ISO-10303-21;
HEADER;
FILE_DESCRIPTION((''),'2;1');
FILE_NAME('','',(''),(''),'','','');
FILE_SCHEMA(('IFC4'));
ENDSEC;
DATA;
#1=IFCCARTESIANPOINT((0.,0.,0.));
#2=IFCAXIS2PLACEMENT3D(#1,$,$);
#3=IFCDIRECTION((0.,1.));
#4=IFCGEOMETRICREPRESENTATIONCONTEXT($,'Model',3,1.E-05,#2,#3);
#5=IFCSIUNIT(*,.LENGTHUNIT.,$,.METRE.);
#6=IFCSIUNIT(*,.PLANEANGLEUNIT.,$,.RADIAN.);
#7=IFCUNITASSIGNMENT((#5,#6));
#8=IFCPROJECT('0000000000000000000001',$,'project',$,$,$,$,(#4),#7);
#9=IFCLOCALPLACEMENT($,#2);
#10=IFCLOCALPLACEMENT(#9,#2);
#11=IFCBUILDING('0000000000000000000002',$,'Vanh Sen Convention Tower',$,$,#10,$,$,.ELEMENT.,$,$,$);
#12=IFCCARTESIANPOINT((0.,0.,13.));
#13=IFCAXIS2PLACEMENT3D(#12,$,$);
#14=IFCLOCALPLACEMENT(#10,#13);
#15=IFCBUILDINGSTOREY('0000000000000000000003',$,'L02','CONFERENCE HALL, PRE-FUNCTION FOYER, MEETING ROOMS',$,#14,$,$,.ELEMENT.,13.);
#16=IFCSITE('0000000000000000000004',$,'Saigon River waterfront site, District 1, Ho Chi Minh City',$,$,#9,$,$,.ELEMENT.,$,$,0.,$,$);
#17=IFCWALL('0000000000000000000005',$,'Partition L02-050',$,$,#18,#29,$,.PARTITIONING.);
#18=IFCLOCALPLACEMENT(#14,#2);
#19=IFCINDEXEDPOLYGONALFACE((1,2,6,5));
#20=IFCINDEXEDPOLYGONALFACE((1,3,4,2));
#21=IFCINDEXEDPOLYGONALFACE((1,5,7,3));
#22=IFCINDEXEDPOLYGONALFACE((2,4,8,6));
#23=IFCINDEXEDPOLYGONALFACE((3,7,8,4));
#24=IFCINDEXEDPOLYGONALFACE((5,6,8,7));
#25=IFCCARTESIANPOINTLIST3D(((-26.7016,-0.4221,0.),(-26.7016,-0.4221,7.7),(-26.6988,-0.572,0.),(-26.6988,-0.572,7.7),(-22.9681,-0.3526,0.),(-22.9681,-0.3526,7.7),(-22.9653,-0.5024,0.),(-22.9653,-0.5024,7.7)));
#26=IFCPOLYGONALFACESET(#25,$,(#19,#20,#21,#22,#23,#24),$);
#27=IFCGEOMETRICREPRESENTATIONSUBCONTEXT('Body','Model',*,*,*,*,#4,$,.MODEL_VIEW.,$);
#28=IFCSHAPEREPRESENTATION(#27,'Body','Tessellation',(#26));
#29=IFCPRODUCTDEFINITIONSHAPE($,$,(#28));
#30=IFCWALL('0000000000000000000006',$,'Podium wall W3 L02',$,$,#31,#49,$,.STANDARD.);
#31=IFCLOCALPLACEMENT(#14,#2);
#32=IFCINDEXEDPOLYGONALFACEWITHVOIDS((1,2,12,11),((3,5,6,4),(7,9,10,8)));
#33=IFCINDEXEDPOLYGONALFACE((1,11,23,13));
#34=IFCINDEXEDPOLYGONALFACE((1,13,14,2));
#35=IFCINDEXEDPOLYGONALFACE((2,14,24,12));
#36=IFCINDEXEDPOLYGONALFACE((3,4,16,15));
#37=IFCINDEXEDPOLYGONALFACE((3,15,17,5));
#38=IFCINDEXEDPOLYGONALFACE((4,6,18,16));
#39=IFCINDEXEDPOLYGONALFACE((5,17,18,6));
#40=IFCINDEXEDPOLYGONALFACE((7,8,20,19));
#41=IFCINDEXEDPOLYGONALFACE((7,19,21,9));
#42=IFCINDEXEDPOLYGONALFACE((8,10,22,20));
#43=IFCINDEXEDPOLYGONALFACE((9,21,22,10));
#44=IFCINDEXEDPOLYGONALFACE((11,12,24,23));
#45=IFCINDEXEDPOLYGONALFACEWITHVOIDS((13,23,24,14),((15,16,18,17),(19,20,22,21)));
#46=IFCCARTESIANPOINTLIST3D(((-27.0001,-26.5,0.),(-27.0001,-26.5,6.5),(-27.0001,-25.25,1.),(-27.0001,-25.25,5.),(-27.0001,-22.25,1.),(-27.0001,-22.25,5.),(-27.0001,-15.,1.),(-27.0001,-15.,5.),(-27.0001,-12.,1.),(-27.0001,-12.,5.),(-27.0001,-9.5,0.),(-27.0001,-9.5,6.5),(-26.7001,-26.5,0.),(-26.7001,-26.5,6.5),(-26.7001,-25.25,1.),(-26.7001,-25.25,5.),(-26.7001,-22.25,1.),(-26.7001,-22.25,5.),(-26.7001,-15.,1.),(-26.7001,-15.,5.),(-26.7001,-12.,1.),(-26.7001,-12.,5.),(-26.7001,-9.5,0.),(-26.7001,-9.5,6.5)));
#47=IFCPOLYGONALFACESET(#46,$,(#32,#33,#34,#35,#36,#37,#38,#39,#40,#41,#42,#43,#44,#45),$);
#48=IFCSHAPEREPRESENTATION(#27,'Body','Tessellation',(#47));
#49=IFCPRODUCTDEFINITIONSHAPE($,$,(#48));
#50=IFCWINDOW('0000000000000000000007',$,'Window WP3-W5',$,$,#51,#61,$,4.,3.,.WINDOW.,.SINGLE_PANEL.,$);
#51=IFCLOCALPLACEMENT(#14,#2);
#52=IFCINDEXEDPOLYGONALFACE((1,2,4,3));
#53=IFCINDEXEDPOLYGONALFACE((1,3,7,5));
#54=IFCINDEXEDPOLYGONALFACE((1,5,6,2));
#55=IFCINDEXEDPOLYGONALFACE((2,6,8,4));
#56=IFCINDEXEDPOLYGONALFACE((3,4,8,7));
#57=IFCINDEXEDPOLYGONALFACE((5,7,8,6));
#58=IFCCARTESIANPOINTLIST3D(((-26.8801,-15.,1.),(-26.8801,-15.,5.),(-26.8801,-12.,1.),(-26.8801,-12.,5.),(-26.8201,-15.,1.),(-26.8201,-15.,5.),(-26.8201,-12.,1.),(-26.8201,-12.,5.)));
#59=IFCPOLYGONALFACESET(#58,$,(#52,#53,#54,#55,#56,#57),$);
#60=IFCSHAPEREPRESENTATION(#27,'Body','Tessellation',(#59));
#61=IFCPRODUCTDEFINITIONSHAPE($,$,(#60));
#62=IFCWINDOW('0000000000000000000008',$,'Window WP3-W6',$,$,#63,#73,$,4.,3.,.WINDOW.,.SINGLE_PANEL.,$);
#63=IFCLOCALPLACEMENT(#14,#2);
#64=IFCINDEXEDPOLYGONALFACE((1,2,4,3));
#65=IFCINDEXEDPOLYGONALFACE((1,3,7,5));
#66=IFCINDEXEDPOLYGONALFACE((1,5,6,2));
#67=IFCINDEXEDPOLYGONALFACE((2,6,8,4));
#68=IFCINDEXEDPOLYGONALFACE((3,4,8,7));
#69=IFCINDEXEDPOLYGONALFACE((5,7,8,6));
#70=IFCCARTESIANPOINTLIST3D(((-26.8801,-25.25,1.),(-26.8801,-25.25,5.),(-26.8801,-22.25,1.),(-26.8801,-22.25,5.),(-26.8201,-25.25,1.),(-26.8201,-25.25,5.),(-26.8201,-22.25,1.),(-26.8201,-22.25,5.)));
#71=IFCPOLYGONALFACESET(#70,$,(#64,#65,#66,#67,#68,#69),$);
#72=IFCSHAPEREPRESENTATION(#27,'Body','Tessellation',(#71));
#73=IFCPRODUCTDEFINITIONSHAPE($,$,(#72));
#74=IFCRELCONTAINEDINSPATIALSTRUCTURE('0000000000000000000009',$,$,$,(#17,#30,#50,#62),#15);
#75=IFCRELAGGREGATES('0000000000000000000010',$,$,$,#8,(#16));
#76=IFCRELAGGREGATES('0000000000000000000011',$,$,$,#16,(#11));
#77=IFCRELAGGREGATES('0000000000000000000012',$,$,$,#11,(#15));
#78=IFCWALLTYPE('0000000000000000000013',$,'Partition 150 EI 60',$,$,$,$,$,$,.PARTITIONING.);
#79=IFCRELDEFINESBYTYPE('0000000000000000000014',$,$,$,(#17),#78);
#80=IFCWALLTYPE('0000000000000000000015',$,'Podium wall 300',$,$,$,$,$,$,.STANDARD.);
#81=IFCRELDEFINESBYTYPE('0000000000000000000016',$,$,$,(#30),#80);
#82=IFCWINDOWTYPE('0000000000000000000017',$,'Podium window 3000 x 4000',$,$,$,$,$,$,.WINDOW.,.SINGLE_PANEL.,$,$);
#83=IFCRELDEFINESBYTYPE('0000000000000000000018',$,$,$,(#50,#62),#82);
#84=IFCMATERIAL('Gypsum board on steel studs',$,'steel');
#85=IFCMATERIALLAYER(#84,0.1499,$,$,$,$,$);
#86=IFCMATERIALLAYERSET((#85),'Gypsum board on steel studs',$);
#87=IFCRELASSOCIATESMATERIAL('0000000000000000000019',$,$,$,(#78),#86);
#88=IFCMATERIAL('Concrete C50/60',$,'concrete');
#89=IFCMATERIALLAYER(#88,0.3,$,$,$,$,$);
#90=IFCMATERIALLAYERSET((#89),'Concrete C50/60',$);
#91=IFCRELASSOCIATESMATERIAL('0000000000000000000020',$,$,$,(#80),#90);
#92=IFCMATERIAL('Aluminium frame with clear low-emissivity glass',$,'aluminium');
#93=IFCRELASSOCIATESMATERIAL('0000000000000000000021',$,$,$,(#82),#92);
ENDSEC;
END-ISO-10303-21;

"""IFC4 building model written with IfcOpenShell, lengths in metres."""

from ifc_helpers import new_model, si_unit, direction, frame, frame_2d, origin, place, context, subcontext, project, spatial, rectangle, extrude, material, layer, layer_set, type_object, element, fill, save


model = new_model("IFC4")

# Units and contexts
model_context = context("Model", 3, precision=1e-05, world=origin(), true_north=direction((0.0, 1.0)))
body_context = subcontext(model_context, "Body", "Model", "MODEL_VIEW")
ifc_project = project(units=[si_unit("LENGTHUNIT", "METRE"), si_unit("PLANEANGLEUNIT", "RADIAN")], contexts=[model_context])

# Site, building, storey
site_placement = place(None, origin())
site = spatial("IfcSite", under=ifc_project, at=site_placement, Name="Saigon River waterfront site, District 1, Ho Chi Minh City", CompositionType="ELEMENT", RefElevation=0.0)
building_placement = place(site_placement, origin())
building = spatial("IfcBuilding", under=site, at=building_placement, Name="Vanh Sen Convention Tower", CompositionType="ELEMENT")
storey_placement = place(building_placement, frame((0.0, 0.0, 13.0)))
storey = spatial("IfcBuildingStorey", under=building, at=storey_placement, Name="L02", Description="CONFERENCE HALL, PRE-FUNCTION FOYER, MEETING ROOMS", CompositionType="ELEMENT", Elevation=13.0)

# Wall
ifc_material_1 = material(Name="Gypsum board on steel studs", Category="steel")
ifc_layer_1 = layer(ifc_material_1, 0.1499)
ifc_layer_set_1 = layer_set([ifc_layer_1], Name="Gypsum board on steel studs")
wall_type_1 = type_object("IfcWallType", Name="Partition 150 EI 60", PredefinedType="PARTITIONING", material=ifc_layer_set_1)
wall_1_placement = place(storey_placement, frame((-22.9666, -0.4275, 0.0), z_axis=(0.0, 0.0, 1.0), x_axis=(-0.999826, -0.018634, 0.0)))
element("IfcWall", 1, at=wall_1_placement, inside=storey, type_object=wall_type_1, Name="Partition L02-050", PredefinedType="PARTITIONING", context=body_context, shape_type="SweptSolid", body=[
    extrude(rectangle(XDim=3.7341, YDim=0.1499, at=frame_2d((1.8672, 0.0))), origin(), (0.0, 0.0, 1.0), 7.7),
])

# Wall, openings, windows
ifc_material_2 = material(Name="Concrete C50/60", Category="concrete")
ifc_layer_2 = layer(ifc_material_2, 0.3)
ifc_layer_set_2 = layer_set([ifc_layer_2], Name="Concrete C50/60")
wall_type_2 = type_object("IfcWallType", Name="Podium wall 300", PredefinedType="STANDARD", material=ifc_layer_set_2)
wall_2_placement = place(storey_placement, frame((-26.8501, -9.5, 0.0), z_axis=(0.0, 0.0, 1.0), x_axis=(0.0, -1.0, 0.0)))
wall_2 = element("IfcWall", 2, at=wall_2_placement, inside=storey, type_object=wall_type_2, Name="Podium wall W3 L02", PredefinedType="STANDARD", context=body_context, shape_type="SweptSolid", body=[
    extrude(rectangle(XDim=17.0, YDim=0.3, at=frame_2d((8.5, 0.0))), origin(), (0.0, 0.0, 1.0), 6.5),
])
opening_1_placement = place(wall_2_placement, frame((2.5, 0.0, 1.0)))
opening_1 = element("IfcOpeningElement", 3, at=opening_1_placement, cuts=wall_2, PredefinedType="OPENING", context=body_context, shape_type="SweptSolid", body=[
    extrude(rectangle(XDim=3.0, YDim=4.0, at=frame_2d((1.5, 2.0))), frame((0.0, 0.1599, 0.0), z_axis=(0.0, -1.0, 0.0), x_axis=(1.0, 0.0, 0.0)), (0.0, 0.0, 1.0), 0.3201),
])
opening_2_placement = place(wall_2_placement, frame((12.75, 0.0, 1.0)))
opening_2 = element("IfcOpeningElement", 4, at=opening_2_placement, cuts=wall_2, PredefinedType="OPENING", context=body_context, shape_type="SweptSolid", body=[
    extrude(rectangle(XDim=3.0, YDim=4.0, at=frame_2d((1.5, 2.0))), frame((0.0, 0.1599, 0.0), z_axis=(0.0, -1.0, 0.0), x_axis=(1.0, 0.0, 0.0)), (0.0, 0.0, 1.0), 0.3201),
])
ifc_material_3 = material(Name="Aluminium frame with clear low-emissivity glass", Category="aluminium")
window_type = type_object("IfcWindowType", Name="Podium window 3000 x 4000", PartitioningType="SINGLE_PANEL", PredefinedType="WINDOW", material=ifc_material_3)
window_1_placement = place(opening_1_placement, origin())
window_1 = element("IfcWindow", 5, at=window_1_placement, inside=storey, type_object=window_type, Name="Window WP3-W5", OverallHeight=4.0, OverallWidth=3.0, PartitioningType="SINGLE_PANEL", PredefinedType="WINDOW", context=body_context, shape_type="SweptSolid", body=[
    extrude(rectangle(XDim=3.0, YDim=4.0, at=frame_2d((1.5, 2.0))), frame((0.0, 0.03, 0.0), z_axis=(0.0, -1.0, 0.0), x_axis=(1.0, 0.0, 0.0)), (0.0, 0.0, 1.0), 0.0601),
])
fill(opening_1, window_1)
window_2_placement = place(opening_2_placement, origin())
window_2 = element("IfcWindow", 6, at=window_2_placement, inside=storey, type_object=window_type, Name="Window WP3-W6", OverallHeight=4.0, OverallWidth=3.0, PartitioningType="SINGLE_PANEL", PredefinedType="WINDOW", context=body_context, shape_type="SweptSolid", body=[
    extrude(rectangle(XDim=3.0, YDim=4.0, at=frame_2d((1.5, 2.0))), frame((0.0, 0.03, 0.0), z_axis=(0.0, -1.0, 0.0), x_axis=(1.0, 0.0, 0.0)), (0.0, 0.0, 1.0), 0.0601),
])
fill(opening_2, window_2)

save(model, "model.ifc")
